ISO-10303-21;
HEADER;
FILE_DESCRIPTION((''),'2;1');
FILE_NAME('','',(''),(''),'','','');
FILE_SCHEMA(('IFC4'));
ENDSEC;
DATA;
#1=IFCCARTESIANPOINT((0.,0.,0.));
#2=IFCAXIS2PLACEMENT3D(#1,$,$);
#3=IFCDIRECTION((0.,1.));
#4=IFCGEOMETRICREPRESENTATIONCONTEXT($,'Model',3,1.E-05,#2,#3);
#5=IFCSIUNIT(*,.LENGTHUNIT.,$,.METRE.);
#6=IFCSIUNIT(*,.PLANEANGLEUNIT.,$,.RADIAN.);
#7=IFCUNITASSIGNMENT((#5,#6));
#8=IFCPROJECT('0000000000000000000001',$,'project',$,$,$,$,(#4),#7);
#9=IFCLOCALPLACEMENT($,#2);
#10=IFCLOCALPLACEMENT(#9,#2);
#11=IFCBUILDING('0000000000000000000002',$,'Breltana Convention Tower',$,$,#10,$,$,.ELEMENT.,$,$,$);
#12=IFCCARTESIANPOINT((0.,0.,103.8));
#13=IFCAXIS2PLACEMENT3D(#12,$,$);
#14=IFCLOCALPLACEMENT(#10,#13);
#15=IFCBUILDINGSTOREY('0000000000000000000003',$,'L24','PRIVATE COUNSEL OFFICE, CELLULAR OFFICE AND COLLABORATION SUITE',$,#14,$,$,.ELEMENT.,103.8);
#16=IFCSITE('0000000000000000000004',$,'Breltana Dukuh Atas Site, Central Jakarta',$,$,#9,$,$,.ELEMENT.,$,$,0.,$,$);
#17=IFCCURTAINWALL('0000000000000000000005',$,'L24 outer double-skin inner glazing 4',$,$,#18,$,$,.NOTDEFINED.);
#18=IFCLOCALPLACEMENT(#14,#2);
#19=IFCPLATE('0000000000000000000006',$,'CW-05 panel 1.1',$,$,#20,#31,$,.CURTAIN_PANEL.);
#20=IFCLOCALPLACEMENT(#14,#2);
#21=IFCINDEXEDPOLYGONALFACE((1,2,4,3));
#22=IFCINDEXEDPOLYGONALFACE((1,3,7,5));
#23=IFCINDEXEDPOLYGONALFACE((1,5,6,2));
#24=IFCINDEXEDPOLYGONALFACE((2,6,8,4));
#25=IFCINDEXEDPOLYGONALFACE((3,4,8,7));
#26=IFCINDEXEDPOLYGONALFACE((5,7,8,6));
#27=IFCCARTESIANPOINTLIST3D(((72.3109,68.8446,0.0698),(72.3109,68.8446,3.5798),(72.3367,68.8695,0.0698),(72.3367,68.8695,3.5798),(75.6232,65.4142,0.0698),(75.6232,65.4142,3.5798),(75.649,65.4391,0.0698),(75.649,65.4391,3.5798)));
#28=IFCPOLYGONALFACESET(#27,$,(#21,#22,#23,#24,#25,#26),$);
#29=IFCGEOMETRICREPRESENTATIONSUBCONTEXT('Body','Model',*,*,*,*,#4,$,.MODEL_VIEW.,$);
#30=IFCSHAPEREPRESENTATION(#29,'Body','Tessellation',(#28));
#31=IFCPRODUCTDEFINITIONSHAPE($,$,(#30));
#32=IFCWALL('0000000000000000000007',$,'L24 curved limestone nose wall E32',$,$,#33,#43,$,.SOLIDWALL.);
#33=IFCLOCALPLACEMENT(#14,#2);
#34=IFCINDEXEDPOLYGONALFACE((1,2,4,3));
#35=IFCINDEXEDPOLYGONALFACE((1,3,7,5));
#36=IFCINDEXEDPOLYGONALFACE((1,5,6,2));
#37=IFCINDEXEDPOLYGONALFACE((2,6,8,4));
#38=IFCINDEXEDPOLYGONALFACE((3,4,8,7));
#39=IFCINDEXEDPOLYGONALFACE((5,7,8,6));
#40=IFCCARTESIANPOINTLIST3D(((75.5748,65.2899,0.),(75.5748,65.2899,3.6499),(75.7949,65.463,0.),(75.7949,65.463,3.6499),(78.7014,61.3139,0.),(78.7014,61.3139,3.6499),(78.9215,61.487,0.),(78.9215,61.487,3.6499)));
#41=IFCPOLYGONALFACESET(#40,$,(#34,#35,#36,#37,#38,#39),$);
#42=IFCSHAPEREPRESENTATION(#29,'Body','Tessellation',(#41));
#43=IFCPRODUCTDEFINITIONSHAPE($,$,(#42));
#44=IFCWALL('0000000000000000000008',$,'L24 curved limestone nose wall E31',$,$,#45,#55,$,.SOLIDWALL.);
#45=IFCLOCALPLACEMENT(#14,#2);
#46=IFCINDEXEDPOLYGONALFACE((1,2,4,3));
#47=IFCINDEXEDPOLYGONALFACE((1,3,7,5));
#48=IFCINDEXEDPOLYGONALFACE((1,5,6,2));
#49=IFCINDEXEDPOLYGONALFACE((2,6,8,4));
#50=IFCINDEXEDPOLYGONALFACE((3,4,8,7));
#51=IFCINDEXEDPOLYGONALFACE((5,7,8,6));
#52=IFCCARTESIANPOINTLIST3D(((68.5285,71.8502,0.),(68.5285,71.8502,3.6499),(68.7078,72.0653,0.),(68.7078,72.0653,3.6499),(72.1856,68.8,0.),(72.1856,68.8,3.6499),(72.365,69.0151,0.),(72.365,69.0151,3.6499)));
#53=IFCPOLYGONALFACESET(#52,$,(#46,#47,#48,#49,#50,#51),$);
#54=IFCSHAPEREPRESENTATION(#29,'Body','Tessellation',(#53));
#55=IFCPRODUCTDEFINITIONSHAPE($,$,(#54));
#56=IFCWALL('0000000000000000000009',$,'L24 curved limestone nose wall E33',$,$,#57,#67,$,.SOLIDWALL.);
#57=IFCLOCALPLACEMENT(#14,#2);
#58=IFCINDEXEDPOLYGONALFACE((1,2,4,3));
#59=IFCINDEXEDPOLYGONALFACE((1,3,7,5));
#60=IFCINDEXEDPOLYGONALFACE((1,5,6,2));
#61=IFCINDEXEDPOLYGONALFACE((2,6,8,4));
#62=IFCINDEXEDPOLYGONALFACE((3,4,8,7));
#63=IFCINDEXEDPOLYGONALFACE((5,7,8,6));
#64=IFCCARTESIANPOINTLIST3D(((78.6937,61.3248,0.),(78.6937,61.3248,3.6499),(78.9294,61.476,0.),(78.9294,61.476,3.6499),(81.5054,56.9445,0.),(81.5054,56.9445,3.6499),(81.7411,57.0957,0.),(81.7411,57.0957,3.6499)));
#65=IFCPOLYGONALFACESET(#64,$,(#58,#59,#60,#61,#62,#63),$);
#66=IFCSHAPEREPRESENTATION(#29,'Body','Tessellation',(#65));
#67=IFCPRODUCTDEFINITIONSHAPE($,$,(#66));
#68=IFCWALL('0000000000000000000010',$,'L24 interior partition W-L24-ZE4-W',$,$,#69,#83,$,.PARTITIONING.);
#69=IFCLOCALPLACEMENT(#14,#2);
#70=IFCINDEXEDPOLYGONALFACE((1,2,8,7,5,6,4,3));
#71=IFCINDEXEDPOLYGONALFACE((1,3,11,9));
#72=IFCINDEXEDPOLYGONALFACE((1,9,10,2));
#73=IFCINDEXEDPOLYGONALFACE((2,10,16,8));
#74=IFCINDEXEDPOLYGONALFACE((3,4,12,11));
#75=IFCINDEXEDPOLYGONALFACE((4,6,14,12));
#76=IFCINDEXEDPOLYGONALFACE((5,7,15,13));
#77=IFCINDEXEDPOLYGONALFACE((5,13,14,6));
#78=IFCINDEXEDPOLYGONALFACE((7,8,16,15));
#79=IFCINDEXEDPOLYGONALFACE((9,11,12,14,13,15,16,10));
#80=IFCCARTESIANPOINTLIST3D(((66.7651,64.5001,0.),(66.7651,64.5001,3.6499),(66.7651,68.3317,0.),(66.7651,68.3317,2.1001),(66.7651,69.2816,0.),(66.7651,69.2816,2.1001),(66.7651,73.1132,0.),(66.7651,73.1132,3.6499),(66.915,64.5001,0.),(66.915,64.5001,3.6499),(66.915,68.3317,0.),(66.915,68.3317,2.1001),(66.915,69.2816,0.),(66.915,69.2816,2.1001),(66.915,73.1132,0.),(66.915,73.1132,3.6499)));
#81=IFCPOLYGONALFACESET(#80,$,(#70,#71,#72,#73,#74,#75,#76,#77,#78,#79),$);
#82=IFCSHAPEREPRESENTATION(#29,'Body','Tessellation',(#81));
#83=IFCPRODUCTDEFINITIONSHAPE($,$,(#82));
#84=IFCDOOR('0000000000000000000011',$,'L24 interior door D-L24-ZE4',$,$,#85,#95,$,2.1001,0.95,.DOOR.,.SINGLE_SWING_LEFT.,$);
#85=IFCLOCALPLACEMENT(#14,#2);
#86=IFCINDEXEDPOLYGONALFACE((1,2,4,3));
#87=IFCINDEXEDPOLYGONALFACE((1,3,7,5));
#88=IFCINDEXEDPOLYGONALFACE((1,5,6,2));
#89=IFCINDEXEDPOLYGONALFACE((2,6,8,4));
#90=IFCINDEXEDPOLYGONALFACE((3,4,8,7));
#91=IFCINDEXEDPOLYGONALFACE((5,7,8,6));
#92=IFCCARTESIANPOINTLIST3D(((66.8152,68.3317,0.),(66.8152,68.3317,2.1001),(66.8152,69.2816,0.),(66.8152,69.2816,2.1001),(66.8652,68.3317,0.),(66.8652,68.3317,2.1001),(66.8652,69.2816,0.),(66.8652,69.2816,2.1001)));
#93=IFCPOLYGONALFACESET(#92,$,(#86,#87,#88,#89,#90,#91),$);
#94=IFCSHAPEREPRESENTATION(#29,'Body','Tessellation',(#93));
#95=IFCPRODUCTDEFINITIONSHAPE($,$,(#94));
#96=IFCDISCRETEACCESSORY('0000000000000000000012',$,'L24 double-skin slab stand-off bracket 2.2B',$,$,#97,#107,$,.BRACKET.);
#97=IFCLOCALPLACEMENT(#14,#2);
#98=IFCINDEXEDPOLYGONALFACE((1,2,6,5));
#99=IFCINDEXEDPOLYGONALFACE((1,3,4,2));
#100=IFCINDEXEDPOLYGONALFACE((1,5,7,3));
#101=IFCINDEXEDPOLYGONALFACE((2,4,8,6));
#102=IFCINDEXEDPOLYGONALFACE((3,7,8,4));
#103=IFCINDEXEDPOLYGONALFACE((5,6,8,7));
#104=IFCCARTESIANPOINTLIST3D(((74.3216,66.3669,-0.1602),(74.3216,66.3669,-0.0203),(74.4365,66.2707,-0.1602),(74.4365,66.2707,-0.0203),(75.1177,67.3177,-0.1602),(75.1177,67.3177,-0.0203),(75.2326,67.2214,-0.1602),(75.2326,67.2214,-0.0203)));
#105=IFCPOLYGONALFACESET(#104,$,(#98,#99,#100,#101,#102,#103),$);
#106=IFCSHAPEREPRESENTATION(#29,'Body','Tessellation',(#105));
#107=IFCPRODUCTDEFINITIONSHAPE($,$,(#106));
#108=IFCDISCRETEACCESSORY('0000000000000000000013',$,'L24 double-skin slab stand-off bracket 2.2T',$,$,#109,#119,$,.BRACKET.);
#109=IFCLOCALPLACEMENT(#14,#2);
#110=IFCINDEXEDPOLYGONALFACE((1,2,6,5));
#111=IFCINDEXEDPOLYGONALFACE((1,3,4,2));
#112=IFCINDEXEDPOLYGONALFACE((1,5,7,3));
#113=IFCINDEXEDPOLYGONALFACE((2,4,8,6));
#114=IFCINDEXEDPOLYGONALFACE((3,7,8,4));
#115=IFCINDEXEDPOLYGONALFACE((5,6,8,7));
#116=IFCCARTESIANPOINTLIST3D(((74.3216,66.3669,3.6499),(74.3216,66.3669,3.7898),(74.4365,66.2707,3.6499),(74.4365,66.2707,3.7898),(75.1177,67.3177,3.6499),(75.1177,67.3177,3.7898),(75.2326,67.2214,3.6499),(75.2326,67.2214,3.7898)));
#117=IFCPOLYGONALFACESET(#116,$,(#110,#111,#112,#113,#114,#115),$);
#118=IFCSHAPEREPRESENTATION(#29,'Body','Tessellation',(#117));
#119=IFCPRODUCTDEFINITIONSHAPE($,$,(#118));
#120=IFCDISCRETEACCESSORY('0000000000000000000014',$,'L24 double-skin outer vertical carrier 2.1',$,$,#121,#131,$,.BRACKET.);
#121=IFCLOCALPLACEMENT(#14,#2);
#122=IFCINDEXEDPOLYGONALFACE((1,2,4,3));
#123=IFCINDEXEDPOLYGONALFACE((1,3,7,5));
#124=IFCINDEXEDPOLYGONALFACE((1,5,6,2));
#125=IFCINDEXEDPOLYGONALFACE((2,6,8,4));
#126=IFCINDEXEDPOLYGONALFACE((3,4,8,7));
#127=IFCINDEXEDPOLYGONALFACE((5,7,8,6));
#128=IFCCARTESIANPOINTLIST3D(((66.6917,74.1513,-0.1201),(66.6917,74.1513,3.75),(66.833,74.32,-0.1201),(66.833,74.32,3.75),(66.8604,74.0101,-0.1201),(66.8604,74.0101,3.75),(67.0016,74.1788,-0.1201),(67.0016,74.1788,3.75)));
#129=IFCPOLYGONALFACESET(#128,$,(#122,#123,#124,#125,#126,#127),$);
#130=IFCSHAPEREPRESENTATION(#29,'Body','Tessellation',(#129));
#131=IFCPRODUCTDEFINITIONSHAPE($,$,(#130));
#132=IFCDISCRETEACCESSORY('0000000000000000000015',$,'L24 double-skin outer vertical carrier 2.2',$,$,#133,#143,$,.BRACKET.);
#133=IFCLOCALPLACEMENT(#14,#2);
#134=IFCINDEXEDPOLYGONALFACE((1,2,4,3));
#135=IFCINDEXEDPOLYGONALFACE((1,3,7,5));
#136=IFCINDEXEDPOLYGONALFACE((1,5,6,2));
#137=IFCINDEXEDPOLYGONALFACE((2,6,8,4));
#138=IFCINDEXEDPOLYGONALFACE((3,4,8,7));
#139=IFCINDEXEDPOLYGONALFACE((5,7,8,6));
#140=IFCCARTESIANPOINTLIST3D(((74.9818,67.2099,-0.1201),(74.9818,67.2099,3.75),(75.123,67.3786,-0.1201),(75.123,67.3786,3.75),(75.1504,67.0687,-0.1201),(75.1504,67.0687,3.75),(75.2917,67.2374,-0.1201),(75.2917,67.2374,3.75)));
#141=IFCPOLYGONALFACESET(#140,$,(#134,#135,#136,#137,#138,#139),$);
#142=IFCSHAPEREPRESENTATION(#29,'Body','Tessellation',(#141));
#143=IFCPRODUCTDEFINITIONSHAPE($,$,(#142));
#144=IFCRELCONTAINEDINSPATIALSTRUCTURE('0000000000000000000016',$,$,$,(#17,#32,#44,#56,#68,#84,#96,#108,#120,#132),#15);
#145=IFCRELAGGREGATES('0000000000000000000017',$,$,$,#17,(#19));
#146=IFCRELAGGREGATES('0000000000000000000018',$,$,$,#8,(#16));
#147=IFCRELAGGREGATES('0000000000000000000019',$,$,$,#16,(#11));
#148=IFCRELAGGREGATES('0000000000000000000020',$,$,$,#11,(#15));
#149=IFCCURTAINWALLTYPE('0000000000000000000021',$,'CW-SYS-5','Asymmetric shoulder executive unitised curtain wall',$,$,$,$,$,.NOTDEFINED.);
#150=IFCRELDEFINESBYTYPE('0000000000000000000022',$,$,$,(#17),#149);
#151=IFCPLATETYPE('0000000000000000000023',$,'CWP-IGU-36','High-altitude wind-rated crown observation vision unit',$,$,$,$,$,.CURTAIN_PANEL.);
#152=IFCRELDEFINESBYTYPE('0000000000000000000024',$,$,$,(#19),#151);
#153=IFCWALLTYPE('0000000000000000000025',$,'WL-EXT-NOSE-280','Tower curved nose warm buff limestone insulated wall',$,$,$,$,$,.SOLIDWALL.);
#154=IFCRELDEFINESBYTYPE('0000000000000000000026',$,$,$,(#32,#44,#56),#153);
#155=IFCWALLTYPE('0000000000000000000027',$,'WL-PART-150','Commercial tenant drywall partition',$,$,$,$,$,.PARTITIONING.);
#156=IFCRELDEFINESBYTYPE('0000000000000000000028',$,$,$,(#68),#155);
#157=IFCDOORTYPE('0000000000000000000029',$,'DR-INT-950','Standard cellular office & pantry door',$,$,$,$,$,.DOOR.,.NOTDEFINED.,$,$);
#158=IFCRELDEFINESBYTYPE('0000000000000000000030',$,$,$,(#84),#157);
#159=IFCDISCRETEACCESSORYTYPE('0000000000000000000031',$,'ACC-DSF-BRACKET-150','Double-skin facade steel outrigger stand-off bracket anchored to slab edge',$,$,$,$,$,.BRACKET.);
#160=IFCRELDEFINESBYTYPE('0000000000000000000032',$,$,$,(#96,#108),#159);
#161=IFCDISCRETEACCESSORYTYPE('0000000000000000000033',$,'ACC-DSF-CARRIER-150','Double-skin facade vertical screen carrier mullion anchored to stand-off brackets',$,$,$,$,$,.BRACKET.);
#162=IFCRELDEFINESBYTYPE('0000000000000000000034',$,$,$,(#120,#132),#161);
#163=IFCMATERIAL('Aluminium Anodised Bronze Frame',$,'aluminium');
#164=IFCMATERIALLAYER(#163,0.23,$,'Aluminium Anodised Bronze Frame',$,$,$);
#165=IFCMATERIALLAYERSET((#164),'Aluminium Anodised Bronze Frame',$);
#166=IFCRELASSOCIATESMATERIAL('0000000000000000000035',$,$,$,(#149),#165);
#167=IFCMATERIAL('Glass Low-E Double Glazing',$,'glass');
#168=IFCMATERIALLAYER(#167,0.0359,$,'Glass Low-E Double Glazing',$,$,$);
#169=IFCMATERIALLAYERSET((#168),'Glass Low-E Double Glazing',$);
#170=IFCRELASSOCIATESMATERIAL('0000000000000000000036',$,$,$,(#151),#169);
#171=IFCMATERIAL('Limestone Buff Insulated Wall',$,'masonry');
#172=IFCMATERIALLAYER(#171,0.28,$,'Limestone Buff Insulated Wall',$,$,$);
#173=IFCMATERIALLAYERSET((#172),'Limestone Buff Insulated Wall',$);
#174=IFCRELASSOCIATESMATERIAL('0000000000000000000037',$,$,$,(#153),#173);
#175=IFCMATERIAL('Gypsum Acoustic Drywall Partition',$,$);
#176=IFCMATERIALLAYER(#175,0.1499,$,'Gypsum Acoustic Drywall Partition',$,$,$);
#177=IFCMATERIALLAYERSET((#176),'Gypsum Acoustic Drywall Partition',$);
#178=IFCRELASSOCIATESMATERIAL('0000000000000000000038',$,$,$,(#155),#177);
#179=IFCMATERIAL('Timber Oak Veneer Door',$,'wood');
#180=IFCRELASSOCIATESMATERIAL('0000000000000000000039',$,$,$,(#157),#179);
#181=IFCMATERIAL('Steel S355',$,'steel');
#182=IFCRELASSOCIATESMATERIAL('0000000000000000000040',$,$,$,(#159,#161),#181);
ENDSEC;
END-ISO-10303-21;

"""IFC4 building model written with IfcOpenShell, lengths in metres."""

from ifc_helpers import new_model, si_unit, direction, frame, frame_2d, origin, origin_2d, place, context, subcontext, project, spatial, rectangle, extrude, source, transform, mapped, material, layer, layer_set, type_object, type_shapes, element, fill, aggregate, save


model = new_model("IFC4")

# Units and contexts
model_context = context("Model", 3, precision=1e-05, world=origin(), true_north=direction((0.0, 1.0)))
body_context = subcontext(model_context, "Body", "Model", "MODEL_VIEW")
ifc_project = project(units=[si_unit("LENGTHUNIT", "METRE"), si_unit("PLANEANGLEUNIT", "RADIAN")], contexts=[model_context])

# Site, building, storey
site_placement = place(None, origin())
site = spatial("IfcSite", under=ifc_project, at=site_placement, Name="Breltana Dukuh Atas Site, Central Jakarta", CompositionType="ELEMENT", RefElevation=0.0)
building_placement = place(site_placement, origin())
building = spatial("IfcBuilding", under=site, at=building_placement, Name="Breltana Convention Tower", CompositionType="ELEMENT")
storey_placement = place(building_placement, frame((0.0, 0.0, 103.8)))
storey = spatial("IfcBuildingStorey", under=building, at=storey_placement, Name="L24", Description="PRIVATE COUNSEL OFFICE, CELLULAR OFFICE AND COLLABORATION SUITE", CompositionType="ELEMENT", Elevation=103.8)

# Curtain wall, plate
ifc_material_1 = material(Name="Aluminium Anodised Bronze Frame", Category="aluminium")
ifc_layer_1 = layer(ifc_material_1, 0.23, Name="Aluminium Anodised Bronze Frame")
ifc_layer_set_1 = layer_set([ifc_layer_1], Name="Aluminium Anodised Bronze Frame")
curtain_wall_type = type_object("IfcCurtainWallType", Name="CW-SYS-5", Description="Asymmetric shoulder executive unitised curtain wall", PredefinedType="NOTDEFINED", material=ifc_layer_set_1)
curtain_wall_placement = place(storey_placement, origin())
curtain_wall = element("IfcCurtainWall", 1, at=curtain_wall_placement, inside=storey, type_object=curtain_wall_type, Name="L24 outer double-skin inner glazing 4", PredefinedType="NOTDEFINED")
ifc_material_2 = material(Name="Glass Low-E Double Glazing", Category="glass")
ifc_layer_2 = layer(ifc_material_2, 0.0359, Name="Glass Low-E Double Glazing")
ifc_layer_set_2 = layer_set([ifc_layer_2], Name="Glass Low-E Double Glazing")
plate_type = type_object("IfcPlateType", Name="CWP-IGU-36", Description="High-altitude wind-rated crown observation vision unit", PredefinedType="CURTAIN_PANEL", material=ifc_layer_set_2)
shared_shape_1 = source(origin(), body_context, "Body", "SweptSolid", [
    extrude(rectangle(XDim=4.7686, YDim=0.0359, at=origin_2d()), origin(), (0.0, 0.0, 1.0), 3.51),
])
plate_placement = place(storey_placement, frame((73.98, 67.1418, 0.0698), z_axis=(0.0, 0.0, 1.0), x_axis=(0.694612, -0.719385, 0.0)))
plate = element("IfcPlate", 2, at=plate_placement, type_object=plate_type, Name="CW-05 panel 1.1", PredefinedType="CURTAIN_PANEL", context=body_context, shape_type="MappedRepresentation", body=[
    mapped(shared_shape_1, transform((0.0, 0.0, 0.0), scale=1.0)),
])
aggregate(curtain_wall, [plate])

# Walls
ifc_material_3 = material(Name="Limestone Buff Insulated Wall", Category="masonry")
ifc_layer_3 = layer(ifc_material_3, 0.28, Name="Limestone Buff Insulated Wall")
ifc_layer_set_3 = layer_set([ifc_layer_3], Name="Limestone Buff Insulated Wall")
wall_type_1 = type_object("IfcWallType", Name="WL-EXT-NOSE-280", Description="Tower curved nose warm buff limestone insulated wall", PredefinedType="SOLIDWALL", material=ifc_layer_set_3)
shared_shape_2 = source(origin(), body_context, "Body", "SweptSolid", [
    extrude(rectangle(XDim=5.0581, YDim=0.28, at=frame_2d((2.5291, 0.0))), origin(), (0.0, 0.0, 1.0), 3.6499),
])
wall_1_placement = place(storey_placement, frame((75.6848, 65.3765, 0.0), z_axis=(0.0, 0.0, 1.0), x_axis=(0.618146, -0.786064, 0.0)))
element("IfcWall", 3, at=wall_1_placement, inside=storey, type_object=wall_type_1, Name="L24 curved limestone nose wall E32", PredefinedType="SOLIDWALL", context=body_context, shape_type="MappedRepresentation", body=[
    mapped(shared_shape_2, transform((0.0, 0.0, 0.0), scale=1.0)),
])
shared_shape_3 = source(origin(), body_context, "Body", "SweptSolid", [
    extrude(rectangle(XDim=4.7622, YDim=0.28, at=frame_2d((2.3811, 0.0))), origin(), (0.0, 0.0, 1.0), 3.6499),
])
wall_2_placement = place(storey_placement, frame((68.6182, 71.9578, 0.0), z_axis=(0.0, 0.0, 1.0), x_axis=(0.767952, -0.640507, 0.0)))
element("IfcWall", 4, at=wall_2_placement, inside=storey, type_object=wall_type_1, Name="L24 curved limestone nose wall E31", PredefinedType="SOLIDWALL", context=body_context, shape_type="MappedRepresentation", body=[
    mapped(shared_shape_3, transform((0.0, 0.0, 0.0), scale=1.0)),
])
shared_shape_4 = source(origin(), body_context, "Body", "SweptSolid", [
    extrude(rectangle(XDim=5.2051, YDim=0.28, at=frame_2d((2.6025, 0.0))), origin(), (0.0, 0.0, 1.0), 3.6499),
])
wall_3_placement = place(storey_placement, frame((78.8115, 61.4004, 0.0), z_axis=(0.0, 0.0, 1.0), x_axis=(0.540189, -0.841544, 0.0)))
element("IfcWall", 5, at=wall_3_placement, inside=storey, type_object=wall_type_1, Name="L24 curved limestone nose wall E33", PredefinedType="SOLIDWALL", context=body_context, shape_type="MappedRepresentation", body=[
    mapped(shared_shape_4, transform((0.0, 0.0, 0.0), scale=1.0)),
])

# Wall, opening, door
ifc_material_4 = material(Name="Gypsum Acoustic Drywall Partition")
ifc_layer_4 = layer(ifc_material_4, 0.1499, Name="Gypsum Acoustic Drywall Partition")
ifc_layer_set_4 = layer_set([ifc_layer_4], Name="Gypsum Acoustic Drywall Partition")
wall_type_2 = type_object("IfcWallType", Name="WL-PART-150", Description="Commercial tenant drywall partition", PredefinedType="PARTITIONING", material=ifc_layer_set_4)
shared_shape_5 = source(origin(), body_context, "Body", "SweptSolid", [
    extrude(rectangle(XDim=8.613, YDim=0.1499, at=frame_2d((4.3066, 0.0))), origin(), (0.0, 0.0, 1.0), 3.6499),
])
wall_4_placement = place(storey_placement, frame((66.8401, 64.5, 0.0), z_axis=(0.0, 0.0, 1.0), x_axis=(0.0, 1.0, 0.0)))
wall_4 = element("IfcWall", 6, at=wall_4_placement, inside=storey, type_object=wall_type_2, Name="L24 interior partition W-L24-ZE4-W", PredefinedType="PARTITIONING", context=body_context, shape_type="MappedRepresentation", body=[
    mapped(shared_shape_5, transform((0.0, 0.0, 0.0), scale=1.0)),
])
opening_placement = place(wall_4_placement, frame((3.8315, 0.0, 0.0)))
opening = element("IfcOpeningElement", 7, at=opening_placement, cuts=wall_4, PredefinedType="OPENING", context=body_context, shape_type="SweptSolid", body=[
    extrude(rectangle(XDim=0.95, YDim=2.1001, at=frame_2d((0.4751, 1.05))), frame((0.0, 0.085, 0.0), z_axis=(0.0, -1.0, 0.0), x_axis=(1.0, 0.0, 0.0)), (0.0, 0.0, 1.0), 0.1699),
])
ifc_material_5 = material(Name="Timber Oak Veneer Door", Category="wood")
door_type = type_object("IfcDoorType", Name="DR-INT-950", Description="Standard cellular office & pantry door", OperationType="NOTDEFINED", PredefinedType="DOOR", material=ifc_material_5)
shared_shape_6 = source(origin(), body_context, "Body", "SweptSolid", [
    extrude(rectangle(XDim=0.95, YDim=2.1001, at=frame_2d((0.4751, 1.05))), frame((0.0, 0.0249, 0.0), z_axis=(0.0, -1.0, 0.0), x_axis=(1.0, 0.0, 0.0)), (0.0, 0.0, 1.0), 0.05),
])
type_shapes(door_type, [shared_shape_6])
door_placement = place(opening_placement, origin())
door = element("IfcDoor", 8, at=door_placement, inside=storey, type_object=door_type, Name="L24 interior door D-L24-ZE4", OperationType="SINGLE_SWING_LEFT", OverallHeight=2.1001, OverallWidth=0.95, PredefinedType="DOOR", context=body_context, shape_type="MappedRepresentation", body=[
    mapped(shared_shape_6, transform((0.0, 0.0, 0.0), scale=1.0)),
])
fill(opening, door)

# Discrete accessories
ifc_material_6 = material(Name="Steel S355", Category="steel")
discrete_accessory_type_1 = type_object("IfcDiscreteAccessoryType", Name="ACC-DSF-BRACKET-150", Description="Double-skin facade steel outrigger stand-off bracket anchored to slab edge", PredefinedType="BRACKET", material=ifc_material_6)
shared_shape_7 = source(origin(), body_context, "Body", "SweptSolid", [
    extrude(rectangle(XDim=1.24, YDim=0.1499, at=origin_2d()), origin(), (0.0, 0.0, 1.0), 0.1399),
])
type_shapes(discrete_accessory_type_1, [shared_shape_7])
for number, where, z_axis, x_axis, name in (
    (9, (74.7771, 66.7942, -0.1602), (0.0, 0.0, 1.0), (0.641987, 0.766715, 0.0), "L24 double-skin slab stand-off bracket 2.2B"),
    (10, (74.7771, 66.7942, 3.6499), (0.0, 0.0, 1.0), (0.641987, 0.766715, 0.0), "L24 double-skin slab stand-off bracket 2.2T"),
):
    element("IfcDiscreteAccessory", number, at=place(storey_placement, frame(where, z_axis=z_axis, x_axis=x_axis)), inside=storey, type_object=discrete_accessory_type_1, Name=name, PredefinedType="BRACKET", context=body_context, shape_type="MappedRepresentation", body=[
        mapped(shared_shape_7, transform((0.0, 0.0, 0.0), scale=1.0)),
    ])
discrete_accessory_type_2 = type_object("IfcDiscreteAccessoryType", Name="ACC-DSF-CARRIER-150", Description="Double-skin facade vertical screen carrier mullion anchored to stand-off brackets", PredefinedType="BRACKET", material=ifc_material_6)
shared_shape_8 = source(origin(), body_context, "Body", "SweptSolid", [
    extrude(rectangle(XDim=0.22, YDim=0.22, at=origin_2d()), origin(), (0.0, 0.0, 1.0), 3.8701),
])
for number, where, z_axis, x_axis, name in (
    (11, (66.8467, 74.165, -0.1201), (0.0, 0.0, 1.0), (0.641987, 0.766715, 0.0), "L24 double-skin outer vertical carrier 2.1"),
    (12, (75.1367, 67.2236, -0.1201), (0.0, 0.0, 1.0), (0.641987, 0.766715, 0.0), "L24 double-skin outer vertical carrier 2.2"),
):
    element("IfcDiscreteAccessory", number, at=place(storey_placement, frame(where, z_axis=z_axis, x_axis=x_axis)), inside=storey, type_object=discrete_accessory_type_2, Name=name, PredefinedType="BRACKET", context=body_context, shape_type="MappedRepresentation", body=[
        mapped(shared_shape_8, transform((0.0, 0.0, 0.0), scale=1.0)),
    ])

save(model, "model.ifc")
